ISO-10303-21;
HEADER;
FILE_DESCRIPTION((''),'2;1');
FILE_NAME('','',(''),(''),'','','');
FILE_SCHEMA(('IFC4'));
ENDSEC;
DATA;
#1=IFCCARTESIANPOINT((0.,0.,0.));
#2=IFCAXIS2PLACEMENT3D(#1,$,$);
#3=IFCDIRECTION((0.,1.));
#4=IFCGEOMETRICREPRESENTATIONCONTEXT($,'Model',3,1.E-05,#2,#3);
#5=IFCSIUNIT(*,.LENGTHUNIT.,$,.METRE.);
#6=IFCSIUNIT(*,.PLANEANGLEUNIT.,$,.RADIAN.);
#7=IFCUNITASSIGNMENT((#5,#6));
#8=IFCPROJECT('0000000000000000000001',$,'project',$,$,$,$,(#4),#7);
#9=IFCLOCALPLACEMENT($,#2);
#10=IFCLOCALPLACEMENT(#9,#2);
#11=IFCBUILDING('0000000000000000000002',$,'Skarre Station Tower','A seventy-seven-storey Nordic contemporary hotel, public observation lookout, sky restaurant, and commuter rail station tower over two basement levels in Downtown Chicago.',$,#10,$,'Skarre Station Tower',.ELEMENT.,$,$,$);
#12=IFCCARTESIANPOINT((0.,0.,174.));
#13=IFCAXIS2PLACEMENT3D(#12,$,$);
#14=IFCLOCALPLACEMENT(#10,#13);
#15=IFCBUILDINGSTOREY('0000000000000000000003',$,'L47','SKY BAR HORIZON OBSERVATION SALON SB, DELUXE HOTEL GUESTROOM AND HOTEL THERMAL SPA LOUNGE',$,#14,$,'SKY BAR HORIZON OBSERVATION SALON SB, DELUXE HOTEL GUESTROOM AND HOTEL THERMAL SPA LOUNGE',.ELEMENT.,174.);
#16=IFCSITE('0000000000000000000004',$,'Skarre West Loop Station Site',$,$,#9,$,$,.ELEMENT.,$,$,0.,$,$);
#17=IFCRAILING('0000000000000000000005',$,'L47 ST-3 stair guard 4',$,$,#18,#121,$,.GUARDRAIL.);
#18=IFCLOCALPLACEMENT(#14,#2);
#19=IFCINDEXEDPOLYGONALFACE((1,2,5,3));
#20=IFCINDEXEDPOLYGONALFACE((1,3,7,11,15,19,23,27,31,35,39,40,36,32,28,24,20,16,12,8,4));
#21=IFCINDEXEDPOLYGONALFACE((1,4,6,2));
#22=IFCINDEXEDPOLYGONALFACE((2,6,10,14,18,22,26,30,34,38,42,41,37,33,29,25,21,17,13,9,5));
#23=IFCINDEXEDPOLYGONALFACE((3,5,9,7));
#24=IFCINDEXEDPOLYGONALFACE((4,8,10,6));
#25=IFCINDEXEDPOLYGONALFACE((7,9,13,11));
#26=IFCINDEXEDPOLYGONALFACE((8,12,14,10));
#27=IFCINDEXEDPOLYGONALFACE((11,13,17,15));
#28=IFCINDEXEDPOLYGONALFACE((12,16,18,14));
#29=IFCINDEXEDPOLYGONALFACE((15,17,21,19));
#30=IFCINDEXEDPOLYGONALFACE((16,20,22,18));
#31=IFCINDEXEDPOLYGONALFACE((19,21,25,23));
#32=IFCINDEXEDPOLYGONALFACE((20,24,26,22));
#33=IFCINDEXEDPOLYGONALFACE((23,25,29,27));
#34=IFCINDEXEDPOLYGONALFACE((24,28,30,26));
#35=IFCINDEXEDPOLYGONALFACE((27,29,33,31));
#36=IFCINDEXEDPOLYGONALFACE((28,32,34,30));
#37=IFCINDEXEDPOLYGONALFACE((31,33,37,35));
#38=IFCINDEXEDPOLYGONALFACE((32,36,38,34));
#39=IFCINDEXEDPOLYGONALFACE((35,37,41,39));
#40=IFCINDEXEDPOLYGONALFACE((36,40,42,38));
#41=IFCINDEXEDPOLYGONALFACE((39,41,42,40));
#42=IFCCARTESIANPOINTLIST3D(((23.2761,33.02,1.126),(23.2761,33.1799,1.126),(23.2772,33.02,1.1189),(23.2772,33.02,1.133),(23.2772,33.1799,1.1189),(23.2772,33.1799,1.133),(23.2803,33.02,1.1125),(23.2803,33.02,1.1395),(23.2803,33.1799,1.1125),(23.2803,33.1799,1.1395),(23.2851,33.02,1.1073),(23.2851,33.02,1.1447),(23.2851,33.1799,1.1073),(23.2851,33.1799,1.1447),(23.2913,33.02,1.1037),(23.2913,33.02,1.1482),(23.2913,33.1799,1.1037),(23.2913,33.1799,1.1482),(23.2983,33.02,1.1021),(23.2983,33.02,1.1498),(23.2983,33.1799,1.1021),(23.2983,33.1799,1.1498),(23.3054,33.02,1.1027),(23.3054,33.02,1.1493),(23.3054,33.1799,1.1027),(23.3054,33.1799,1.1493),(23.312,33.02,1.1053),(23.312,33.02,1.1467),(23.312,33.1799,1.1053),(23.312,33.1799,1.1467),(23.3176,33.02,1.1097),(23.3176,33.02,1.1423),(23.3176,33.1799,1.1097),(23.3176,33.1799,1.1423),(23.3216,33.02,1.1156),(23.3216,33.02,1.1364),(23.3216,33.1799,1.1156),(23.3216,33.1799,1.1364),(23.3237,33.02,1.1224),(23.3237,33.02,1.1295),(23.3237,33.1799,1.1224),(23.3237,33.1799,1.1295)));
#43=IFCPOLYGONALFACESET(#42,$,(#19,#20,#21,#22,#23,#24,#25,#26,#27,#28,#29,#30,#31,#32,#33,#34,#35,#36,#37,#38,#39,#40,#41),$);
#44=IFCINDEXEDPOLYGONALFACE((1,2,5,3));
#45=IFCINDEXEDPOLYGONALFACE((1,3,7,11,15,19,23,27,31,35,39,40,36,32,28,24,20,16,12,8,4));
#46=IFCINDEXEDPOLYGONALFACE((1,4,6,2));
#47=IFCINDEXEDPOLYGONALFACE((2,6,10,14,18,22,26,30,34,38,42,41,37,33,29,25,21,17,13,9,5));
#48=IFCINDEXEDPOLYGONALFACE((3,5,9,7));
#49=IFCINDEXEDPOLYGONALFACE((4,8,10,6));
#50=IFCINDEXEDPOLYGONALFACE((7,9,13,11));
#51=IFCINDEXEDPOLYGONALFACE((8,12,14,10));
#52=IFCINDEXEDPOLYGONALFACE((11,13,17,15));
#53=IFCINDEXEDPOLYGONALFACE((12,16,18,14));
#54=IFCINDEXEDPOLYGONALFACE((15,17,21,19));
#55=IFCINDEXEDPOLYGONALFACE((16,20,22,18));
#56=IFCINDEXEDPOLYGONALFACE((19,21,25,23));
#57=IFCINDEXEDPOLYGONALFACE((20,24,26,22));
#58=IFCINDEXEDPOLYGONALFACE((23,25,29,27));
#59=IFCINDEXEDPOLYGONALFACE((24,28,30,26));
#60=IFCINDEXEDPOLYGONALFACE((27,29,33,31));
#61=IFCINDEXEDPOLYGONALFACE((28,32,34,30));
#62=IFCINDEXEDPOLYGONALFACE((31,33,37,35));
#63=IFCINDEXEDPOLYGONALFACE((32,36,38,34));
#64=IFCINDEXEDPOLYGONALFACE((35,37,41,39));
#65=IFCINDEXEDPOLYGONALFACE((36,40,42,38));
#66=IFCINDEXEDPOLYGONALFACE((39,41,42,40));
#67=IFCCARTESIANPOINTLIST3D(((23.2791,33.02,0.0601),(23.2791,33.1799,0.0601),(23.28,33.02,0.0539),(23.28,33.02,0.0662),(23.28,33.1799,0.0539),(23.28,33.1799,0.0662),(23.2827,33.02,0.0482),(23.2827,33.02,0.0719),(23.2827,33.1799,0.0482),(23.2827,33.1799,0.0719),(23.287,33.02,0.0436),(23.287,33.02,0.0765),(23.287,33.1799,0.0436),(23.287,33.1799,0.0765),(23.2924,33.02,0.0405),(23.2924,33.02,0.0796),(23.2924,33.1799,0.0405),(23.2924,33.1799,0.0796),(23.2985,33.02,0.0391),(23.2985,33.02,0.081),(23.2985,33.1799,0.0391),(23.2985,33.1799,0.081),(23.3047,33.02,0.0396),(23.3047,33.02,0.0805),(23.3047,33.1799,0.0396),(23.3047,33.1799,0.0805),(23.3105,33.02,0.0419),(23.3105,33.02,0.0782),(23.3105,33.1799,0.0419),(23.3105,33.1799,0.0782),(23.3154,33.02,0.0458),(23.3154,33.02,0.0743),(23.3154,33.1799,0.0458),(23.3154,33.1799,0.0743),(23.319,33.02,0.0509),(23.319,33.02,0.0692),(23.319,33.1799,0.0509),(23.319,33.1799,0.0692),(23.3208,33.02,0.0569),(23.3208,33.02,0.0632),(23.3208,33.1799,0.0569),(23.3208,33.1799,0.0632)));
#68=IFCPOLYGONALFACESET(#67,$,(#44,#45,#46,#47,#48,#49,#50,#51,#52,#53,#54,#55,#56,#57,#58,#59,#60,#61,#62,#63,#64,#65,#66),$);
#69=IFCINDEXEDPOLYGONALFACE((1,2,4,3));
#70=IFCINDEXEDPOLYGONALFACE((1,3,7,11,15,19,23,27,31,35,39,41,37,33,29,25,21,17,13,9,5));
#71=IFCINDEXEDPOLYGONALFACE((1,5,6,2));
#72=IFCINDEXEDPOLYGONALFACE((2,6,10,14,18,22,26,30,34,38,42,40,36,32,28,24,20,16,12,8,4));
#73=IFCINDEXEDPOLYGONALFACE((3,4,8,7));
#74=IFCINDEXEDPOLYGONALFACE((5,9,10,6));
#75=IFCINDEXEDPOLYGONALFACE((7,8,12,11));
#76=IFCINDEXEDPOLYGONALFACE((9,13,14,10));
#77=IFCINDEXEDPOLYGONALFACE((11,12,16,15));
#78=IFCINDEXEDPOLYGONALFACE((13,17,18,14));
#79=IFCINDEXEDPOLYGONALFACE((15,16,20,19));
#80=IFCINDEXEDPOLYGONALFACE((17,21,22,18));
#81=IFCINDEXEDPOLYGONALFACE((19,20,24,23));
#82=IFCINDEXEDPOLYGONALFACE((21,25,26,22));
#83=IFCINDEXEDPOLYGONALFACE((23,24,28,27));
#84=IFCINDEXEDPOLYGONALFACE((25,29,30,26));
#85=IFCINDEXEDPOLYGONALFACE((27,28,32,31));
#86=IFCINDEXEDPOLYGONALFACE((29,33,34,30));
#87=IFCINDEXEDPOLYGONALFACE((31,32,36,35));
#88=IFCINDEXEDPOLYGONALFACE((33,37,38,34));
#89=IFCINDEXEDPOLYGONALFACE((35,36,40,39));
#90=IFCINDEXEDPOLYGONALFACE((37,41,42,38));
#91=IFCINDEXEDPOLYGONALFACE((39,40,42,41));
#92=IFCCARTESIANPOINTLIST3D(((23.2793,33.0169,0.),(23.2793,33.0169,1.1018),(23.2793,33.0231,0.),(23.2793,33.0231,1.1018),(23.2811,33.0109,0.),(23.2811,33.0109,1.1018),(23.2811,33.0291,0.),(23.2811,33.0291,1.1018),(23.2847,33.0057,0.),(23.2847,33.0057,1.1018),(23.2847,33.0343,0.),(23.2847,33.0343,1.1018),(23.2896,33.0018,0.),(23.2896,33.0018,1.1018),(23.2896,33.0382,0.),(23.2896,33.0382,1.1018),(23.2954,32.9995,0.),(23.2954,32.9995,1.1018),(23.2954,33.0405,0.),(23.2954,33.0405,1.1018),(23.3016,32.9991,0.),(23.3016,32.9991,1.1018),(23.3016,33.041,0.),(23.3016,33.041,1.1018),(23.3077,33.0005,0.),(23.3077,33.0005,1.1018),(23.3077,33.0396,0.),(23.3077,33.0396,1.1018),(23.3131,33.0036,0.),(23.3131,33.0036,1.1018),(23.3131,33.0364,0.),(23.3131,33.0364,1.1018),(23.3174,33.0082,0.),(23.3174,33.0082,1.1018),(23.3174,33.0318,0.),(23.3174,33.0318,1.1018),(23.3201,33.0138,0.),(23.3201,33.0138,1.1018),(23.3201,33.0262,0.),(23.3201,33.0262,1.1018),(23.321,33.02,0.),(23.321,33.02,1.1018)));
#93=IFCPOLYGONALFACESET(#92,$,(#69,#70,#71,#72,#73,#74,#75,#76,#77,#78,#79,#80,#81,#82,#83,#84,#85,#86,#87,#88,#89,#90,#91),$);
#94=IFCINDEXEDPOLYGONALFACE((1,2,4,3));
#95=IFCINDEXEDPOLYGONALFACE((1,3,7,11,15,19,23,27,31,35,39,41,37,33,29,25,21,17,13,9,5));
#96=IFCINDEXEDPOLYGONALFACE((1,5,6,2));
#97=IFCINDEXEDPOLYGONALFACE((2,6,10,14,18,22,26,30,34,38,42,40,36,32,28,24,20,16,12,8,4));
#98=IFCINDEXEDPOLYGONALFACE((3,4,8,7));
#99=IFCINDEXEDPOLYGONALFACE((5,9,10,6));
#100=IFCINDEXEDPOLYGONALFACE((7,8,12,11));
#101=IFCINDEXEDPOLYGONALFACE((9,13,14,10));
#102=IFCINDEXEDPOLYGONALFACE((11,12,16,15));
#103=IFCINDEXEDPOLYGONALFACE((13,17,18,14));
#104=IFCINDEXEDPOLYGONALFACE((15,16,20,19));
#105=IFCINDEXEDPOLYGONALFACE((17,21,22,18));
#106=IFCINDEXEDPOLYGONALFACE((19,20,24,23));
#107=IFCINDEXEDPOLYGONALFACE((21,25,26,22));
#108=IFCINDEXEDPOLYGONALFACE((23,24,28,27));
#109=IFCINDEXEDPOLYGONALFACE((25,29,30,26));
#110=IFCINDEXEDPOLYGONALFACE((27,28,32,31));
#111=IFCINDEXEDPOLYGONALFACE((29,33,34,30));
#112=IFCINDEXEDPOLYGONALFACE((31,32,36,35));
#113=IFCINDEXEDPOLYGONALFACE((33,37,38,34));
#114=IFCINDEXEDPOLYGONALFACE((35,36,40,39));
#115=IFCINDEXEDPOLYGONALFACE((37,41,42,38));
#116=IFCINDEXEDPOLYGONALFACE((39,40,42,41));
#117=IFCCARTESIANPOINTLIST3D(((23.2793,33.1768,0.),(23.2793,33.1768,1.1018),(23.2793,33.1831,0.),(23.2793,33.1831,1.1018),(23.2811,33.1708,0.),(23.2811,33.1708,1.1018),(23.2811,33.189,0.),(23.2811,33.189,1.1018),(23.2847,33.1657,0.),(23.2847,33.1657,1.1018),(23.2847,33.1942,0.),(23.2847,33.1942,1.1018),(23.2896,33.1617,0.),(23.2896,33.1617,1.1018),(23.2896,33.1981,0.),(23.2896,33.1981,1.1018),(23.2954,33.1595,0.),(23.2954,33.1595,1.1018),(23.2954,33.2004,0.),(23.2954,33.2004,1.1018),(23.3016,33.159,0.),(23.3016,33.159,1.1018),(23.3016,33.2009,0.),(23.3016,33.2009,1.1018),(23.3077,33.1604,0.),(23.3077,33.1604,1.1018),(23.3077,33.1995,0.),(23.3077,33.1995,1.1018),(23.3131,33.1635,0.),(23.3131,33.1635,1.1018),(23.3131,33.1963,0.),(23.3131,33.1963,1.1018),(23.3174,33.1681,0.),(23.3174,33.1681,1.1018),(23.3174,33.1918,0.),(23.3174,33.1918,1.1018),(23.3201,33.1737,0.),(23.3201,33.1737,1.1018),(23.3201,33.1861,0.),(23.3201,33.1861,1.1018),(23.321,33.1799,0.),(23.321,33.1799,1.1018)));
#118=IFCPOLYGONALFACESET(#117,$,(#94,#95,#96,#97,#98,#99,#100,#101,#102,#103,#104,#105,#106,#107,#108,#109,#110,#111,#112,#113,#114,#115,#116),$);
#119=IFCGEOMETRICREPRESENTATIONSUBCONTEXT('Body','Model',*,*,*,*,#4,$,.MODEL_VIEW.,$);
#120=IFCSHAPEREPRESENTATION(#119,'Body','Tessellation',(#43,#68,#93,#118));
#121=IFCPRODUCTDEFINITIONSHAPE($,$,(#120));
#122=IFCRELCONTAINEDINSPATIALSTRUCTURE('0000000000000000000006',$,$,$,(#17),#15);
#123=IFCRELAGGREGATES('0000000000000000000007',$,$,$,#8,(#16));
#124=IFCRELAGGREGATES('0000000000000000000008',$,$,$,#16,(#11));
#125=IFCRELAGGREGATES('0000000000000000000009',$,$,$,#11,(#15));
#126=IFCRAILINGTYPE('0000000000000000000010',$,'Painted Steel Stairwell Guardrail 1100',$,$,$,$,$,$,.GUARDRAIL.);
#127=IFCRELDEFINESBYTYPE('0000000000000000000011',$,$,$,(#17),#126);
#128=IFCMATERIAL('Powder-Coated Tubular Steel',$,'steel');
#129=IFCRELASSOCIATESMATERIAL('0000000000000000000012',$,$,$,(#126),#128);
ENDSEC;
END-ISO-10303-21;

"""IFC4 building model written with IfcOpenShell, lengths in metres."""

from ifc_helpers import new_model, si_unit, direction, frame, origin, origin_2d, place, context, subcontext, project, spatial, circle, extrude, material, type_object, element, save


model = new_model("IFC4")

# Units and contexts
model_context = context("Model", 3, precision=1e-05, world=origin(), true_north=direction((0.0, 1.0)))
body_context = subcontext(model_context, "Body", "Model", "MODEL_VIEW")
ifc_project = project(units=[si_unit("LENGTHUNIT", "METRE"), si_unit("PLANEANGLEUNIT", "RADIAN")], contexts=[model_context])

# Site, building, storey
site_placement = place(None, origin())
site = spatial("IfcSite", under=ifc_project, at=site_placement, Name="Skarre West Loop Station Site", CompositionType="ELEMENT", RefElevation=0.0)
building_placement = place(site_placement, origin())
building = spatial("IfcBuilding", under=site, at=building_placement, Name="Skarre Station Tower", Description="A seventy-seven-storey Nordic contemporary hotel, public observation lookout, sky restaurant, and commuter rail station tower over two basement levels in Downtown Chicago.", LongName="Skarre Station Tower", CompositionType="ELEMENT")
storey_placement = place(building_placement, frame((0.0, 0.0, 174.0)))
storey = spatial("IfcBuildingStorey", under=building, at=storey_placement, Name="L47", Description="SKY BAR HORIZON OBSERVATION SALON SB, DELUXE HOTEL GUESTROOM AND HOTEL THERMAL SPA LOUNGE", LongName="SKY BAR HORIZON OBSERVATION SALON SB, DELUXE HOTEL GUESTROOM AND HOTEL THERMAL SPA LOUNGE", CompositionType="ELEMENT", Elevation=174.0)

# Railing
ifc_material_1 = material(Name="Powder-Coated Tubular Steel", Category="steel")
railing_type_1 = type_object("IfcRailingType", Name="Painted Steel Stairwell Guardrail 1100", PredefinedType="GUARDRAIL", material=ifc_material_1)
railing_1_placement = place(storey_placement, frame((23.3, 33.02, 0.0)))
element("IfcRailing", 1, at=railing_1_placement, inside=storey, type_object=railing_type_1, Name="L47 ST-3 stair guard 4", PredefinedType="GUARDRAIL", context=body_context, shape_type="SweptSolid", body=[
    extrude(circle(Radius=0.0239, at=origin_2d()), frame((0.0, 0.0, 1.126), z_axis=(0.0, 1.0, 0.0), x_axis=(-1.0, 0.0, 0.0)), (0.0, 0.0, 1.0), 0.1599),
    extrude(circle(Radius=0.021, at=origin_2d()), frame((0.0, 0.0, 0.0601), z_axis=(0.0, 1.0, 0.0), x_axis=(-1.0, 0.0, 0.0)), (0.0, 0.0, 1.0), 0.1599),
    extrude(circle(Radius=0.021, at=origin_2d()), origin(), (0.0, 0.0, 1.0), 1.1018),
    extrude(circle(Radius=0.021, at=origin_2d()), frame((0.0, 0.1599, 0.0)), (0.0, 0.0, 1.0), 1.1018),
])

save(model, "model.ifc")
